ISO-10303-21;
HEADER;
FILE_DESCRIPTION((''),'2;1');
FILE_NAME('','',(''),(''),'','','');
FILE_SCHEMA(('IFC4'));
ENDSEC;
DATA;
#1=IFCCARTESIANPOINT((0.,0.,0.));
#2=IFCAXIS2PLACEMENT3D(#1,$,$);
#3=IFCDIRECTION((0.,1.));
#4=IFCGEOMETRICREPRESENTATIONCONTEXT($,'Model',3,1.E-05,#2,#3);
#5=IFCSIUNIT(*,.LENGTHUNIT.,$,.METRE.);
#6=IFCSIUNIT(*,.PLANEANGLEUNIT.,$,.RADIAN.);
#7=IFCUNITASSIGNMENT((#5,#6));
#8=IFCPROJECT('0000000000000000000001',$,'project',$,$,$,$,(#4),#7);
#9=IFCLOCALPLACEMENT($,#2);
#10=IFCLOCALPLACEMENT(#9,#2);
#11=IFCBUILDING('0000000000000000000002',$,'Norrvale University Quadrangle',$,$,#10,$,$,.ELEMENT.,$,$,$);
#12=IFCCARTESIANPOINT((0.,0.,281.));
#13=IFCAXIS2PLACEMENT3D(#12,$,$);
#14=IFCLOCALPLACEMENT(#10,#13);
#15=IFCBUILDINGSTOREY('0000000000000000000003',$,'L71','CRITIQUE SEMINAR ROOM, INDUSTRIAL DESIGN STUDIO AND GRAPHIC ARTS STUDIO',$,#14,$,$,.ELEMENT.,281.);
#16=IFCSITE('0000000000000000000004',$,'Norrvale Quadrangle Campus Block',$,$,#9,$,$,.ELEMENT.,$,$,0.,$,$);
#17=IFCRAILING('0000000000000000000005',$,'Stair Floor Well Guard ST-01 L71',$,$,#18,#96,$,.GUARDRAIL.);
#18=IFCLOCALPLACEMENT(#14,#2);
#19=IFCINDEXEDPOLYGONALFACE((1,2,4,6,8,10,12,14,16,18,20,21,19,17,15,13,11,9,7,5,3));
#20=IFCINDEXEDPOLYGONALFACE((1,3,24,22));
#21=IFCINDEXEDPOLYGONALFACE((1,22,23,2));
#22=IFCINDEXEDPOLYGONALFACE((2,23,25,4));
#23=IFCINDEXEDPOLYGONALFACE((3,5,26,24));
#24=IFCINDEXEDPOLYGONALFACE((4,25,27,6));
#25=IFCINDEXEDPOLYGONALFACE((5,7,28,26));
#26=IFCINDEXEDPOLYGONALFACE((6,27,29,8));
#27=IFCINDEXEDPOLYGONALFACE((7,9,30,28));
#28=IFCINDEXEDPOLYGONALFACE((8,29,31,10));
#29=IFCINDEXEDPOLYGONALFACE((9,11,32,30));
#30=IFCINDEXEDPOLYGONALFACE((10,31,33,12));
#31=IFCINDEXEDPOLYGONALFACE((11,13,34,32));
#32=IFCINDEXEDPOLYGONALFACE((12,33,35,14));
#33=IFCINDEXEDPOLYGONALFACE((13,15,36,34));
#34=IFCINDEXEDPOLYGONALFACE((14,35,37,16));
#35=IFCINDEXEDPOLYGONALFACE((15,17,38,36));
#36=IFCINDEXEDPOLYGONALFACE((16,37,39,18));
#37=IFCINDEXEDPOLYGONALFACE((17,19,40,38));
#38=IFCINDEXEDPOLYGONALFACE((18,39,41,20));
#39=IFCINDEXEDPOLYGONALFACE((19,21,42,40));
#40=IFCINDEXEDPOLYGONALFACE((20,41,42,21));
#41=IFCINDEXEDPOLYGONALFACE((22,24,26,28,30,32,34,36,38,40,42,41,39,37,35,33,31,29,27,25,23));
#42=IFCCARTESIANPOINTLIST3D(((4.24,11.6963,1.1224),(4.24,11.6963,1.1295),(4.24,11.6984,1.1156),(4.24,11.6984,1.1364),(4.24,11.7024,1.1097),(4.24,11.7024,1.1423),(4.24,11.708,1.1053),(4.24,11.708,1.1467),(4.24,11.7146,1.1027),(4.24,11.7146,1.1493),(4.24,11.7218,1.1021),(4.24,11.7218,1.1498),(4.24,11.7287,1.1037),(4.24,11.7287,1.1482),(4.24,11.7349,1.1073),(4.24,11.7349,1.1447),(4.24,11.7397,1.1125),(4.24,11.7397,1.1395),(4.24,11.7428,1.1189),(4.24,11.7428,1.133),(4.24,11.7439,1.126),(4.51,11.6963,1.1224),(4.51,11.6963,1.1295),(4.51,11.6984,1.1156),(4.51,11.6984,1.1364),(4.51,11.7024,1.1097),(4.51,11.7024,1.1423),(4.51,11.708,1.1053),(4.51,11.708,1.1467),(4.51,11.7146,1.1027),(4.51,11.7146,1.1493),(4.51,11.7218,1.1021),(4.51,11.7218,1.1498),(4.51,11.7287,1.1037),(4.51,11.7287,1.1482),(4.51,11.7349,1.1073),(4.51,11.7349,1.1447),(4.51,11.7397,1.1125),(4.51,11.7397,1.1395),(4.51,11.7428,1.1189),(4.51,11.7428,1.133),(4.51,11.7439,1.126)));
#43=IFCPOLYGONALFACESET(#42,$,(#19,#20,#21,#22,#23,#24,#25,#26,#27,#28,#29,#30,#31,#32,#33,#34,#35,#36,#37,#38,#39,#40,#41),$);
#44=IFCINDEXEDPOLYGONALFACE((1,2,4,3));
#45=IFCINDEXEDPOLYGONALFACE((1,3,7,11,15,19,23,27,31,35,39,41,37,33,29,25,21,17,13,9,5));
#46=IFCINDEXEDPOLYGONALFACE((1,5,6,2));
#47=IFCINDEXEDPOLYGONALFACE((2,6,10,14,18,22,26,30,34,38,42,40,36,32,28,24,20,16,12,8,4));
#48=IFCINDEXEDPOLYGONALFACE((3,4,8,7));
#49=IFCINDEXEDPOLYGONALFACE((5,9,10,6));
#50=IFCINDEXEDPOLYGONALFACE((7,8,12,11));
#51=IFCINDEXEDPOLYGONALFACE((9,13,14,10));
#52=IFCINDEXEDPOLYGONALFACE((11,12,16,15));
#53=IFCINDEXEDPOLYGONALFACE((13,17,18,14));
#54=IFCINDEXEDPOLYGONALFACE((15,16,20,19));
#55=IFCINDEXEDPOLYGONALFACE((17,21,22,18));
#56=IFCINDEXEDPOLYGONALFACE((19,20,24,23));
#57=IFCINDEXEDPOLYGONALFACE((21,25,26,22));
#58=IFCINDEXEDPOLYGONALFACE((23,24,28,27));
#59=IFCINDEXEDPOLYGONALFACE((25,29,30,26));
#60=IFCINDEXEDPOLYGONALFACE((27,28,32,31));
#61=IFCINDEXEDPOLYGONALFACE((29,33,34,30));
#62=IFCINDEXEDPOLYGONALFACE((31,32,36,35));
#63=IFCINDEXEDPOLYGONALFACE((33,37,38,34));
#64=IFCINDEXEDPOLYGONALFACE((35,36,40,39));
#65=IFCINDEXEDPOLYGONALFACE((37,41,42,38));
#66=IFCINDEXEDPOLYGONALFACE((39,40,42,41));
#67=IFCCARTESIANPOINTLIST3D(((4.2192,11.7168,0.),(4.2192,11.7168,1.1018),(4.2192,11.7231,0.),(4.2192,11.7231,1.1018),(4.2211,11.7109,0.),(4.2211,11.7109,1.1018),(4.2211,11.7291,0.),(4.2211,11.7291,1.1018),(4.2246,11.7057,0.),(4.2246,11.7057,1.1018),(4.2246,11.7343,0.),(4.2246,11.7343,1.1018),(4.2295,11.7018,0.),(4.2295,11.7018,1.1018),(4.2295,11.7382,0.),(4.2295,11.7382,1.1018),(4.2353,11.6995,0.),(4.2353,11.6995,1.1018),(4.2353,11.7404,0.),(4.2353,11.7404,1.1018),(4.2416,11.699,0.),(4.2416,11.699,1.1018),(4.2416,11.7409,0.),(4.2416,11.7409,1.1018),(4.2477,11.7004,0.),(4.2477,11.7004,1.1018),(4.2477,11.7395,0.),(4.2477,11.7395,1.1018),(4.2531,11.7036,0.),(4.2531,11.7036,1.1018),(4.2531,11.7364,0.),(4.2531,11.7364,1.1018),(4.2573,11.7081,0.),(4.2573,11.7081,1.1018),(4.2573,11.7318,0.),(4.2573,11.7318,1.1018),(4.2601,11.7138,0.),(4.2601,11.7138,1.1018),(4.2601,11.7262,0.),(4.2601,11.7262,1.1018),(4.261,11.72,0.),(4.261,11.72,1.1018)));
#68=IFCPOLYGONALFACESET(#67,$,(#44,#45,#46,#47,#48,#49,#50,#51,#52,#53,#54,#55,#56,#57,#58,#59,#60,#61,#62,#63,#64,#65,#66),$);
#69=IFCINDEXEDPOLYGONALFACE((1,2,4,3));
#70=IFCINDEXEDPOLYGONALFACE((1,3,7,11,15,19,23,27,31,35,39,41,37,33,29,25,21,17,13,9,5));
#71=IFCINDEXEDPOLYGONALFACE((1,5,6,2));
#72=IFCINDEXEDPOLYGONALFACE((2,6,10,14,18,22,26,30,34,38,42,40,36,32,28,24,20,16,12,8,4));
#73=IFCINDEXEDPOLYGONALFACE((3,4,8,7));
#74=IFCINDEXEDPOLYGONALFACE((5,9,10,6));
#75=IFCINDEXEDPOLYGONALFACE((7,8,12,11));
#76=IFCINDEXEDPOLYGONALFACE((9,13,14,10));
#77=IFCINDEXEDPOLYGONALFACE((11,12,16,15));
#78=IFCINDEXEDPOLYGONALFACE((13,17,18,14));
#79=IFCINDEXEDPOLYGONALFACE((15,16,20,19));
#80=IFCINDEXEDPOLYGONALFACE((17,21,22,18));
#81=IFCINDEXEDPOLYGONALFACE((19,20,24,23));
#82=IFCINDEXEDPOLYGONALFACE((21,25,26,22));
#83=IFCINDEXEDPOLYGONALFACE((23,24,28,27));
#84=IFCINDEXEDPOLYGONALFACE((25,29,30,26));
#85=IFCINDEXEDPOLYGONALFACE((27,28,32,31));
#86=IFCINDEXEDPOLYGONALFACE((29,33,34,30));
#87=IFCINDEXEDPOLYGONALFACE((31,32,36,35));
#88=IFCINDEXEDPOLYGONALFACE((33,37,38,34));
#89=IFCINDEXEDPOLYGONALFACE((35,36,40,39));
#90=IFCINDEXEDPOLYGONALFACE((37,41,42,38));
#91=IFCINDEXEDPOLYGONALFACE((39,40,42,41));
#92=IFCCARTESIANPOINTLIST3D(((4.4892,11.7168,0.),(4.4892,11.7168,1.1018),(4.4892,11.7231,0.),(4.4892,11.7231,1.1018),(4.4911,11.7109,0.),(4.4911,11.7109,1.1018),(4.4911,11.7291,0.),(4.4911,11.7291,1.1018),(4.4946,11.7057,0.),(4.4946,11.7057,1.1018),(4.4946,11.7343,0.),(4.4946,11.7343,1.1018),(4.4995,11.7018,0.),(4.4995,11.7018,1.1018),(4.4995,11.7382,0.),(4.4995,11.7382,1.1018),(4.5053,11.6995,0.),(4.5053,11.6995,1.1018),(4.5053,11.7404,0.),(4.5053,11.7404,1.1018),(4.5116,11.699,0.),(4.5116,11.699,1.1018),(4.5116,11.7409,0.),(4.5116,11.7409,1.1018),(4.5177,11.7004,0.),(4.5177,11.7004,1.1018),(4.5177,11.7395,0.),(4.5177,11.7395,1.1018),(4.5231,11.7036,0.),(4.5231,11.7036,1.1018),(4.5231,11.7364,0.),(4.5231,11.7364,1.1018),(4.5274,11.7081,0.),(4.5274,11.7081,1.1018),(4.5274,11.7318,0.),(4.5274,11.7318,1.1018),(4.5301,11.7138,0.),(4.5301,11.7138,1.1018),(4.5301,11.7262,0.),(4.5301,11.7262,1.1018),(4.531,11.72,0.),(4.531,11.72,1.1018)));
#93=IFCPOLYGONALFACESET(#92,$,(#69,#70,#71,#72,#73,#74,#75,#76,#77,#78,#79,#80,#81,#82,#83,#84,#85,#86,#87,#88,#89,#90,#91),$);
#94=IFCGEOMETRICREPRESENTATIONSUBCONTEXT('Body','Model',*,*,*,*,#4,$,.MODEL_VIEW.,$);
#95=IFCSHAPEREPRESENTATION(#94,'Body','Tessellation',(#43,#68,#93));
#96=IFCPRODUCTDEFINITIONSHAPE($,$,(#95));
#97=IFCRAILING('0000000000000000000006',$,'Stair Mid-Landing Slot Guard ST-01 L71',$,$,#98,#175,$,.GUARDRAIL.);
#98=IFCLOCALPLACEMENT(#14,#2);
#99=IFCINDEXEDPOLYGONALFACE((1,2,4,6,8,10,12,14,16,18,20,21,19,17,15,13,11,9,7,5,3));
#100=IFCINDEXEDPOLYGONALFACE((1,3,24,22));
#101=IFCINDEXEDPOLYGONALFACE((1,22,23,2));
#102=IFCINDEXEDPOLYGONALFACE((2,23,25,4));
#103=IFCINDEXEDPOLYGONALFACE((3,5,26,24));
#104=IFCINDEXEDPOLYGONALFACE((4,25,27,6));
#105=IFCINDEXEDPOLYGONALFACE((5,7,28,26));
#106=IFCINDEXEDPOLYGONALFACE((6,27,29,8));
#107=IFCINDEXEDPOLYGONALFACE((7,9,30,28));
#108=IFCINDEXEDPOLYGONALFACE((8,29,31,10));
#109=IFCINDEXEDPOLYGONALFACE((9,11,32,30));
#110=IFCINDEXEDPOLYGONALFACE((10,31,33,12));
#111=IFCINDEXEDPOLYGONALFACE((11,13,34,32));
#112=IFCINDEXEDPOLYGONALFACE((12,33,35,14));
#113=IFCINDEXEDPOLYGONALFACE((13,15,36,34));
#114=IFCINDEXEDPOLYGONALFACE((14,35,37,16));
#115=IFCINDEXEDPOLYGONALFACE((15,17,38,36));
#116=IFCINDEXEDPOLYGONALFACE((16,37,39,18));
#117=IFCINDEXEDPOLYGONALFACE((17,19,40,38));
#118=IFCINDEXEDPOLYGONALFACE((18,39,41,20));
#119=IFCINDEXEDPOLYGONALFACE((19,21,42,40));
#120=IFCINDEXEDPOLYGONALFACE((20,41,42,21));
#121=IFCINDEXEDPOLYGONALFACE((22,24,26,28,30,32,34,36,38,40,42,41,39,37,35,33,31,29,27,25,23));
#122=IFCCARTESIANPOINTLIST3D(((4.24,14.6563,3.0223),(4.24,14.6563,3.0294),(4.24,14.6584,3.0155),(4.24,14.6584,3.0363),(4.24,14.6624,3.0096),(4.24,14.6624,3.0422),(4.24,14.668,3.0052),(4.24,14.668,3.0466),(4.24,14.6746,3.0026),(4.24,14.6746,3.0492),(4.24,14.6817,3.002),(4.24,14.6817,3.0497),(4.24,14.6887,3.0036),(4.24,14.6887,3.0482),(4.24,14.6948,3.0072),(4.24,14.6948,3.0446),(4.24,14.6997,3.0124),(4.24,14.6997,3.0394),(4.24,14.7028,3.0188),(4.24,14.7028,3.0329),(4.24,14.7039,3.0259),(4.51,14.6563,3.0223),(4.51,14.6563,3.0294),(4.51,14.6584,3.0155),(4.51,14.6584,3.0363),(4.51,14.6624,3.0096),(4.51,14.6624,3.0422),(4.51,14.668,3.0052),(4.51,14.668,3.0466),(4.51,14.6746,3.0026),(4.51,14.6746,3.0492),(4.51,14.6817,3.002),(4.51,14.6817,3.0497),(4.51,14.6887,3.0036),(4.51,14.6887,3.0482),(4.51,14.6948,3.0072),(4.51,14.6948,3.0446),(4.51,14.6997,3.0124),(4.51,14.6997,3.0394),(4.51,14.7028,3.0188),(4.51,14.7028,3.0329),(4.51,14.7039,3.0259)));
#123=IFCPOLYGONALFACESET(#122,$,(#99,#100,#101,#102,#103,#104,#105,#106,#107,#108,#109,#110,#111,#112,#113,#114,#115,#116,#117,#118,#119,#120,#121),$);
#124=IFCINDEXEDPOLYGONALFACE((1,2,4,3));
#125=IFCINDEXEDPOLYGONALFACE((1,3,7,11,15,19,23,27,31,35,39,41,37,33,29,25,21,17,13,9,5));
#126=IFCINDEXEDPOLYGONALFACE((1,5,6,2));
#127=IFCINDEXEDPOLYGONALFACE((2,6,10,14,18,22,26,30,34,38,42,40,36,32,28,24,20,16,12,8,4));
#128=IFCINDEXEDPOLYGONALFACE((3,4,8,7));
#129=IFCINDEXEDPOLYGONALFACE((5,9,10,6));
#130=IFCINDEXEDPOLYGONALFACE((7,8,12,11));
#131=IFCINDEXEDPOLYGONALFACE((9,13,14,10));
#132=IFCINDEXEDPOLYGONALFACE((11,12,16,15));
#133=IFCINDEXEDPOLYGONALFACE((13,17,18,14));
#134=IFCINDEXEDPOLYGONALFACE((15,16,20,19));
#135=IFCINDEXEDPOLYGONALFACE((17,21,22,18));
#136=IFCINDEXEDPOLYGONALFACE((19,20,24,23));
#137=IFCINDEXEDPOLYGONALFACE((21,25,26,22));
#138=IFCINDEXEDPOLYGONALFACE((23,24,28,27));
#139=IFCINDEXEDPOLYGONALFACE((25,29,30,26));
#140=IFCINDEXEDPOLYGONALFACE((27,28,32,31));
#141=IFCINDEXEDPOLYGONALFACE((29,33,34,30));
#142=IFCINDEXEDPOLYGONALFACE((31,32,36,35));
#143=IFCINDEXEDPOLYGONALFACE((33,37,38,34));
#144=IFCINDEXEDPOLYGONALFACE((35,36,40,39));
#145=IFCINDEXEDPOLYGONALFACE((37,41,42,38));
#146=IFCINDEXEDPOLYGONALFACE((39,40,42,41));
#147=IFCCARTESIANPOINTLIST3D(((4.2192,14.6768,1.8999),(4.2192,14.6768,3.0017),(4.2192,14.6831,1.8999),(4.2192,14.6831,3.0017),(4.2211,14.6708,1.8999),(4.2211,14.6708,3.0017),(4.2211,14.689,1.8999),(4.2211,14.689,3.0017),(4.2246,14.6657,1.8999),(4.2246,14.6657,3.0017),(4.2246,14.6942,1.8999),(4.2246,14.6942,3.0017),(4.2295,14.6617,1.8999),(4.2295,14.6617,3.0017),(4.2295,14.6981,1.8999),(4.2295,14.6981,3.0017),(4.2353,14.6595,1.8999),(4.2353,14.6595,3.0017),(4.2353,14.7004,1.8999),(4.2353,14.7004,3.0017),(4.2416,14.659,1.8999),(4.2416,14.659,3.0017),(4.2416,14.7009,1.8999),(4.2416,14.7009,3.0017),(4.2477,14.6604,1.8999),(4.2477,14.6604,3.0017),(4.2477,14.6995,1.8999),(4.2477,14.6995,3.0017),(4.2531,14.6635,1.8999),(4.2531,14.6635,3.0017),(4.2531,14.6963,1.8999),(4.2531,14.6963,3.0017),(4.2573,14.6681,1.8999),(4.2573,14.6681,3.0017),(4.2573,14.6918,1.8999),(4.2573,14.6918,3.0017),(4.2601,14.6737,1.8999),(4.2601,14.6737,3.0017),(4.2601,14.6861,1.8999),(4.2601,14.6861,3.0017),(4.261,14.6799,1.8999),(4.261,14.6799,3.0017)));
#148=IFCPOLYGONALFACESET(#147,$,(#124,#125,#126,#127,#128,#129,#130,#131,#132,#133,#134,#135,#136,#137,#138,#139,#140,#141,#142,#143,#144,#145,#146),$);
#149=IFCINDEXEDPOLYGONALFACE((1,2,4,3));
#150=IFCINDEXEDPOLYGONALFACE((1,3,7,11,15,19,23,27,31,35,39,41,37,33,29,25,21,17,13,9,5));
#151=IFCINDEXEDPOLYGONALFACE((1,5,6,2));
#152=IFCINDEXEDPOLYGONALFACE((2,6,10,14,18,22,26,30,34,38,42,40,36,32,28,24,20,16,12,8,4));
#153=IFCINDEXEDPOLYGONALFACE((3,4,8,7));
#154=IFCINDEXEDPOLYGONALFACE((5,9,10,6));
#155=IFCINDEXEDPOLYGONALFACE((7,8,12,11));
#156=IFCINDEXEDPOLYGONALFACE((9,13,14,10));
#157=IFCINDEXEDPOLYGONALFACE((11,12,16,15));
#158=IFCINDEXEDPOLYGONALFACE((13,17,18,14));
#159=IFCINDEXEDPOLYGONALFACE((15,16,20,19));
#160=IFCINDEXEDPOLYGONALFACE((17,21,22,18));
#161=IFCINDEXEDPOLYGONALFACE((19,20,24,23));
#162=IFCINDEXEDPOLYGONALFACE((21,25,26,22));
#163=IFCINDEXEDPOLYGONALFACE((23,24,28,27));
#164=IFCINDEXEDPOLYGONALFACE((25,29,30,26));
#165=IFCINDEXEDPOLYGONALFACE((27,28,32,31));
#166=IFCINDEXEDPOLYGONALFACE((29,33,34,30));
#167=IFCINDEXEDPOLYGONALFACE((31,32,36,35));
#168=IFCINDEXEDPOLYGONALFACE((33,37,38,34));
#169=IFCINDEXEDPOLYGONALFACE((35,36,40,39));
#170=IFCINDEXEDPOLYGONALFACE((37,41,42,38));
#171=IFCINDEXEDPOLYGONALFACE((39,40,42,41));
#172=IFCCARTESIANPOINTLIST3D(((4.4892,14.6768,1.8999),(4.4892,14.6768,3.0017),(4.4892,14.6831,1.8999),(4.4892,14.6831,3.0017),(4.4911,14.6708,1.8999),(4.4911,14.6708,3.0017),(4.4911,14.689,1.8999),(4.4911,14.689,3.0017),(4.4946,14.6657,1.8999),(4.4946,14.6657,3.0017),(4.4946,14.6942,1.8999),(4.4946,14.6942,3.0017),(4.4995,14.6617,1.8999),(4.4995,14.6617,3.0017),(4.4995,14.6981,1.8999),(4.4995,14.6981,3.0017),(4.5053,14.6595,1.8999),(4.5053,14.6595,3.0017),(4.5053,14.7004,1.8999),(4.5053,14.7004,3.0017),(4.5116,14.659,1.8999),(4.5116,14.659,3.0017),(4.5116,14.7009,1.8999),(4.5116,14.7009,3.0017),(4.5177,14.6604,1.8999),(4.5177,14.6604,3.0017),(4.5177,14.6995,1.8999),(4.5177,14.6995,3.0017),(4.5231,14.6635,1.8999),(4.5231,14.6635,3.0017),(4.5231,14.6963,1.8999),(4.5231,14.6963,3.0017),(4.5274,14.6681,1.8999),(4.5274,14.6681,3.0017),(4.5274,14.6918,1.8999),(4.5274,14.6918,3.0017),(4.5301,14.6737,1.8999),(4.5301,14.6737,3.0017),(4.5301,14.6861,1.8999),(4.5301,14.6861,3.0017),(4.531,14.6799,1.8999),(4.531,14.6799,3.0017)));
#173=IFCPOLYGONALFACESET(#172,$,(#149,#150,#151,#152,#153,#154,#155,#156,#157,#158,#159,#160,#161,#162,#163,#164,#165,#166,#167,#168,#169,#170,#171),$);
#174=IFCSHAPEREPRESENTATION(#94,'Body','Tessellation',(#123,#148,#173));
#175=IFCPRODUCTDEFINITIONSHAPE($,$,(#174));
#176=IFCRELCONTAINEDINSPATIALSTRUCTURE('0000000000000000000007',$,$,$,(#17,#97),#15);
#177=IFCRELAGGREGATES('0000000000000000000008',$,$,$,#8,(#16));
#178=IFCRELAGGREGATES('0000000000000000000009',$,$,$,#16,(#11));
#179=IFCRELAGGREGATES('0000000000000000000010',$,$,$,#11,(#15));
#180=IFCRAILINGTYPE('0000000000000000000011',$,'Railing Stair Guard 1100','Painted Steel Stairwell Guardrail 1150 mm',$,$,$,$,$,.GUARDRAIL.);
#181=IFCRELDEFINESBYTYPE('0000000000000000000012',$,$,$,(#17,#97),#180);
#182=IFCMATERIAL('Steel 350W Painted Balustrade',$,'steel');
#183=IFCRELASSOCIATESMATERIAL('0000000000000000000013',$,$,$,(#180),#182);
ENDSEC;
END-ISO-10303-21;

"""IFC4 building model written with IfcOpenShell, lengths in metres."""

from ifc_helpers import new_model, si_unit, direction, frame, origin, origin_2d, place, context, subcontext, project, spatial, circle, extrude, material, type_object, element, save


model = new_model("IFC4")

# Units and contexts
model_context = context("Model", 3, precision=1e-05, world=origin(), true_north=direction((0.0, 1.0)))
body_context = subcontext(model_context, "Body", "Model", "MODEL_VIEW")
ifc_project = project(units=[si_unit("LENGTHUNIT", "METRE"), si_unit("PLANEANGLEUNIT", "RADIAN")], contexts=[model_context])

# Site, building, storey
site_placement = place(None, origin())
site = spatial("IfcSite", under=ifc_project, at=site_placement, Name="Norrvale Quadrangle Campus Block", CompositionType="ELEMENT", RefElevation=0.0)
building_placement = place(site_placement, origin())
building = spatial("IfcBuilding", under=site, at=building_placement, Name="Norrvale University Quadrangle", CompositionType="ELEMENT")
storey_placement = place(building_placement, frame((0.0, 0.0, 281.0)))
storey = spatial("IfcBuildingStorey", under=building, at=storey_placement, Name="L71", Description="CRITIQUE SEMINAR ROOM, INDUSTRIAL DESIGN STUDIO AND GRAPHIC ARTS STUDIO", CompositionType="ELEMENT", Elevation=281.0)

# Railings
ifc_material_1 = material(Name="Steel 350W Painted Balustrade", Category="steel")
railing_type_1 = type_object("IfcRailingType", Name="Railing Stair Guard 1100", Description="Painted Steel Stairwell Guardrail 1150 mm", PredefinedType="GUARDRAIL", material=ifc_material_1)
for number, where, name in (
    (1, (4.24, 11.72, 0.0), "Stair Floor Well Guard ST-01 L71"),
    (2, (4.24, 14.6799, 1.8999), "Stair Mid-Landing Slot Guard ST-01 L71"),
):
    element("IfcRailing", number, at=place(storey_placement, frame(where)), inside=storey, type_object=railing_type_1, Name=name, PredefinedType="GUARDRAIL", context=body_context, shape_type="SweptSolid", body=[
        extrude(circle(Radius=0.0239, at=origin_2d()), frame((0.0, 0.0, 1.126), z_axis=(1.0, 0.0, 0.0), x_axis=(0.0, 1.0, 0.0)), (0.0, 0.0, 1.0), 0.27),
        extrude(circle(Radius=0.021, at=origin_2d()), origin(), (0.0, 0.0, 1.0), 1.1018),
        extrude(circle(Radius=0.021, at=origin_2d()), frame((0.27, 0.0, 0.0)), (0.0, 0.0, 1.0), 1.1018),
    ])

save(model, "model.ifc")
